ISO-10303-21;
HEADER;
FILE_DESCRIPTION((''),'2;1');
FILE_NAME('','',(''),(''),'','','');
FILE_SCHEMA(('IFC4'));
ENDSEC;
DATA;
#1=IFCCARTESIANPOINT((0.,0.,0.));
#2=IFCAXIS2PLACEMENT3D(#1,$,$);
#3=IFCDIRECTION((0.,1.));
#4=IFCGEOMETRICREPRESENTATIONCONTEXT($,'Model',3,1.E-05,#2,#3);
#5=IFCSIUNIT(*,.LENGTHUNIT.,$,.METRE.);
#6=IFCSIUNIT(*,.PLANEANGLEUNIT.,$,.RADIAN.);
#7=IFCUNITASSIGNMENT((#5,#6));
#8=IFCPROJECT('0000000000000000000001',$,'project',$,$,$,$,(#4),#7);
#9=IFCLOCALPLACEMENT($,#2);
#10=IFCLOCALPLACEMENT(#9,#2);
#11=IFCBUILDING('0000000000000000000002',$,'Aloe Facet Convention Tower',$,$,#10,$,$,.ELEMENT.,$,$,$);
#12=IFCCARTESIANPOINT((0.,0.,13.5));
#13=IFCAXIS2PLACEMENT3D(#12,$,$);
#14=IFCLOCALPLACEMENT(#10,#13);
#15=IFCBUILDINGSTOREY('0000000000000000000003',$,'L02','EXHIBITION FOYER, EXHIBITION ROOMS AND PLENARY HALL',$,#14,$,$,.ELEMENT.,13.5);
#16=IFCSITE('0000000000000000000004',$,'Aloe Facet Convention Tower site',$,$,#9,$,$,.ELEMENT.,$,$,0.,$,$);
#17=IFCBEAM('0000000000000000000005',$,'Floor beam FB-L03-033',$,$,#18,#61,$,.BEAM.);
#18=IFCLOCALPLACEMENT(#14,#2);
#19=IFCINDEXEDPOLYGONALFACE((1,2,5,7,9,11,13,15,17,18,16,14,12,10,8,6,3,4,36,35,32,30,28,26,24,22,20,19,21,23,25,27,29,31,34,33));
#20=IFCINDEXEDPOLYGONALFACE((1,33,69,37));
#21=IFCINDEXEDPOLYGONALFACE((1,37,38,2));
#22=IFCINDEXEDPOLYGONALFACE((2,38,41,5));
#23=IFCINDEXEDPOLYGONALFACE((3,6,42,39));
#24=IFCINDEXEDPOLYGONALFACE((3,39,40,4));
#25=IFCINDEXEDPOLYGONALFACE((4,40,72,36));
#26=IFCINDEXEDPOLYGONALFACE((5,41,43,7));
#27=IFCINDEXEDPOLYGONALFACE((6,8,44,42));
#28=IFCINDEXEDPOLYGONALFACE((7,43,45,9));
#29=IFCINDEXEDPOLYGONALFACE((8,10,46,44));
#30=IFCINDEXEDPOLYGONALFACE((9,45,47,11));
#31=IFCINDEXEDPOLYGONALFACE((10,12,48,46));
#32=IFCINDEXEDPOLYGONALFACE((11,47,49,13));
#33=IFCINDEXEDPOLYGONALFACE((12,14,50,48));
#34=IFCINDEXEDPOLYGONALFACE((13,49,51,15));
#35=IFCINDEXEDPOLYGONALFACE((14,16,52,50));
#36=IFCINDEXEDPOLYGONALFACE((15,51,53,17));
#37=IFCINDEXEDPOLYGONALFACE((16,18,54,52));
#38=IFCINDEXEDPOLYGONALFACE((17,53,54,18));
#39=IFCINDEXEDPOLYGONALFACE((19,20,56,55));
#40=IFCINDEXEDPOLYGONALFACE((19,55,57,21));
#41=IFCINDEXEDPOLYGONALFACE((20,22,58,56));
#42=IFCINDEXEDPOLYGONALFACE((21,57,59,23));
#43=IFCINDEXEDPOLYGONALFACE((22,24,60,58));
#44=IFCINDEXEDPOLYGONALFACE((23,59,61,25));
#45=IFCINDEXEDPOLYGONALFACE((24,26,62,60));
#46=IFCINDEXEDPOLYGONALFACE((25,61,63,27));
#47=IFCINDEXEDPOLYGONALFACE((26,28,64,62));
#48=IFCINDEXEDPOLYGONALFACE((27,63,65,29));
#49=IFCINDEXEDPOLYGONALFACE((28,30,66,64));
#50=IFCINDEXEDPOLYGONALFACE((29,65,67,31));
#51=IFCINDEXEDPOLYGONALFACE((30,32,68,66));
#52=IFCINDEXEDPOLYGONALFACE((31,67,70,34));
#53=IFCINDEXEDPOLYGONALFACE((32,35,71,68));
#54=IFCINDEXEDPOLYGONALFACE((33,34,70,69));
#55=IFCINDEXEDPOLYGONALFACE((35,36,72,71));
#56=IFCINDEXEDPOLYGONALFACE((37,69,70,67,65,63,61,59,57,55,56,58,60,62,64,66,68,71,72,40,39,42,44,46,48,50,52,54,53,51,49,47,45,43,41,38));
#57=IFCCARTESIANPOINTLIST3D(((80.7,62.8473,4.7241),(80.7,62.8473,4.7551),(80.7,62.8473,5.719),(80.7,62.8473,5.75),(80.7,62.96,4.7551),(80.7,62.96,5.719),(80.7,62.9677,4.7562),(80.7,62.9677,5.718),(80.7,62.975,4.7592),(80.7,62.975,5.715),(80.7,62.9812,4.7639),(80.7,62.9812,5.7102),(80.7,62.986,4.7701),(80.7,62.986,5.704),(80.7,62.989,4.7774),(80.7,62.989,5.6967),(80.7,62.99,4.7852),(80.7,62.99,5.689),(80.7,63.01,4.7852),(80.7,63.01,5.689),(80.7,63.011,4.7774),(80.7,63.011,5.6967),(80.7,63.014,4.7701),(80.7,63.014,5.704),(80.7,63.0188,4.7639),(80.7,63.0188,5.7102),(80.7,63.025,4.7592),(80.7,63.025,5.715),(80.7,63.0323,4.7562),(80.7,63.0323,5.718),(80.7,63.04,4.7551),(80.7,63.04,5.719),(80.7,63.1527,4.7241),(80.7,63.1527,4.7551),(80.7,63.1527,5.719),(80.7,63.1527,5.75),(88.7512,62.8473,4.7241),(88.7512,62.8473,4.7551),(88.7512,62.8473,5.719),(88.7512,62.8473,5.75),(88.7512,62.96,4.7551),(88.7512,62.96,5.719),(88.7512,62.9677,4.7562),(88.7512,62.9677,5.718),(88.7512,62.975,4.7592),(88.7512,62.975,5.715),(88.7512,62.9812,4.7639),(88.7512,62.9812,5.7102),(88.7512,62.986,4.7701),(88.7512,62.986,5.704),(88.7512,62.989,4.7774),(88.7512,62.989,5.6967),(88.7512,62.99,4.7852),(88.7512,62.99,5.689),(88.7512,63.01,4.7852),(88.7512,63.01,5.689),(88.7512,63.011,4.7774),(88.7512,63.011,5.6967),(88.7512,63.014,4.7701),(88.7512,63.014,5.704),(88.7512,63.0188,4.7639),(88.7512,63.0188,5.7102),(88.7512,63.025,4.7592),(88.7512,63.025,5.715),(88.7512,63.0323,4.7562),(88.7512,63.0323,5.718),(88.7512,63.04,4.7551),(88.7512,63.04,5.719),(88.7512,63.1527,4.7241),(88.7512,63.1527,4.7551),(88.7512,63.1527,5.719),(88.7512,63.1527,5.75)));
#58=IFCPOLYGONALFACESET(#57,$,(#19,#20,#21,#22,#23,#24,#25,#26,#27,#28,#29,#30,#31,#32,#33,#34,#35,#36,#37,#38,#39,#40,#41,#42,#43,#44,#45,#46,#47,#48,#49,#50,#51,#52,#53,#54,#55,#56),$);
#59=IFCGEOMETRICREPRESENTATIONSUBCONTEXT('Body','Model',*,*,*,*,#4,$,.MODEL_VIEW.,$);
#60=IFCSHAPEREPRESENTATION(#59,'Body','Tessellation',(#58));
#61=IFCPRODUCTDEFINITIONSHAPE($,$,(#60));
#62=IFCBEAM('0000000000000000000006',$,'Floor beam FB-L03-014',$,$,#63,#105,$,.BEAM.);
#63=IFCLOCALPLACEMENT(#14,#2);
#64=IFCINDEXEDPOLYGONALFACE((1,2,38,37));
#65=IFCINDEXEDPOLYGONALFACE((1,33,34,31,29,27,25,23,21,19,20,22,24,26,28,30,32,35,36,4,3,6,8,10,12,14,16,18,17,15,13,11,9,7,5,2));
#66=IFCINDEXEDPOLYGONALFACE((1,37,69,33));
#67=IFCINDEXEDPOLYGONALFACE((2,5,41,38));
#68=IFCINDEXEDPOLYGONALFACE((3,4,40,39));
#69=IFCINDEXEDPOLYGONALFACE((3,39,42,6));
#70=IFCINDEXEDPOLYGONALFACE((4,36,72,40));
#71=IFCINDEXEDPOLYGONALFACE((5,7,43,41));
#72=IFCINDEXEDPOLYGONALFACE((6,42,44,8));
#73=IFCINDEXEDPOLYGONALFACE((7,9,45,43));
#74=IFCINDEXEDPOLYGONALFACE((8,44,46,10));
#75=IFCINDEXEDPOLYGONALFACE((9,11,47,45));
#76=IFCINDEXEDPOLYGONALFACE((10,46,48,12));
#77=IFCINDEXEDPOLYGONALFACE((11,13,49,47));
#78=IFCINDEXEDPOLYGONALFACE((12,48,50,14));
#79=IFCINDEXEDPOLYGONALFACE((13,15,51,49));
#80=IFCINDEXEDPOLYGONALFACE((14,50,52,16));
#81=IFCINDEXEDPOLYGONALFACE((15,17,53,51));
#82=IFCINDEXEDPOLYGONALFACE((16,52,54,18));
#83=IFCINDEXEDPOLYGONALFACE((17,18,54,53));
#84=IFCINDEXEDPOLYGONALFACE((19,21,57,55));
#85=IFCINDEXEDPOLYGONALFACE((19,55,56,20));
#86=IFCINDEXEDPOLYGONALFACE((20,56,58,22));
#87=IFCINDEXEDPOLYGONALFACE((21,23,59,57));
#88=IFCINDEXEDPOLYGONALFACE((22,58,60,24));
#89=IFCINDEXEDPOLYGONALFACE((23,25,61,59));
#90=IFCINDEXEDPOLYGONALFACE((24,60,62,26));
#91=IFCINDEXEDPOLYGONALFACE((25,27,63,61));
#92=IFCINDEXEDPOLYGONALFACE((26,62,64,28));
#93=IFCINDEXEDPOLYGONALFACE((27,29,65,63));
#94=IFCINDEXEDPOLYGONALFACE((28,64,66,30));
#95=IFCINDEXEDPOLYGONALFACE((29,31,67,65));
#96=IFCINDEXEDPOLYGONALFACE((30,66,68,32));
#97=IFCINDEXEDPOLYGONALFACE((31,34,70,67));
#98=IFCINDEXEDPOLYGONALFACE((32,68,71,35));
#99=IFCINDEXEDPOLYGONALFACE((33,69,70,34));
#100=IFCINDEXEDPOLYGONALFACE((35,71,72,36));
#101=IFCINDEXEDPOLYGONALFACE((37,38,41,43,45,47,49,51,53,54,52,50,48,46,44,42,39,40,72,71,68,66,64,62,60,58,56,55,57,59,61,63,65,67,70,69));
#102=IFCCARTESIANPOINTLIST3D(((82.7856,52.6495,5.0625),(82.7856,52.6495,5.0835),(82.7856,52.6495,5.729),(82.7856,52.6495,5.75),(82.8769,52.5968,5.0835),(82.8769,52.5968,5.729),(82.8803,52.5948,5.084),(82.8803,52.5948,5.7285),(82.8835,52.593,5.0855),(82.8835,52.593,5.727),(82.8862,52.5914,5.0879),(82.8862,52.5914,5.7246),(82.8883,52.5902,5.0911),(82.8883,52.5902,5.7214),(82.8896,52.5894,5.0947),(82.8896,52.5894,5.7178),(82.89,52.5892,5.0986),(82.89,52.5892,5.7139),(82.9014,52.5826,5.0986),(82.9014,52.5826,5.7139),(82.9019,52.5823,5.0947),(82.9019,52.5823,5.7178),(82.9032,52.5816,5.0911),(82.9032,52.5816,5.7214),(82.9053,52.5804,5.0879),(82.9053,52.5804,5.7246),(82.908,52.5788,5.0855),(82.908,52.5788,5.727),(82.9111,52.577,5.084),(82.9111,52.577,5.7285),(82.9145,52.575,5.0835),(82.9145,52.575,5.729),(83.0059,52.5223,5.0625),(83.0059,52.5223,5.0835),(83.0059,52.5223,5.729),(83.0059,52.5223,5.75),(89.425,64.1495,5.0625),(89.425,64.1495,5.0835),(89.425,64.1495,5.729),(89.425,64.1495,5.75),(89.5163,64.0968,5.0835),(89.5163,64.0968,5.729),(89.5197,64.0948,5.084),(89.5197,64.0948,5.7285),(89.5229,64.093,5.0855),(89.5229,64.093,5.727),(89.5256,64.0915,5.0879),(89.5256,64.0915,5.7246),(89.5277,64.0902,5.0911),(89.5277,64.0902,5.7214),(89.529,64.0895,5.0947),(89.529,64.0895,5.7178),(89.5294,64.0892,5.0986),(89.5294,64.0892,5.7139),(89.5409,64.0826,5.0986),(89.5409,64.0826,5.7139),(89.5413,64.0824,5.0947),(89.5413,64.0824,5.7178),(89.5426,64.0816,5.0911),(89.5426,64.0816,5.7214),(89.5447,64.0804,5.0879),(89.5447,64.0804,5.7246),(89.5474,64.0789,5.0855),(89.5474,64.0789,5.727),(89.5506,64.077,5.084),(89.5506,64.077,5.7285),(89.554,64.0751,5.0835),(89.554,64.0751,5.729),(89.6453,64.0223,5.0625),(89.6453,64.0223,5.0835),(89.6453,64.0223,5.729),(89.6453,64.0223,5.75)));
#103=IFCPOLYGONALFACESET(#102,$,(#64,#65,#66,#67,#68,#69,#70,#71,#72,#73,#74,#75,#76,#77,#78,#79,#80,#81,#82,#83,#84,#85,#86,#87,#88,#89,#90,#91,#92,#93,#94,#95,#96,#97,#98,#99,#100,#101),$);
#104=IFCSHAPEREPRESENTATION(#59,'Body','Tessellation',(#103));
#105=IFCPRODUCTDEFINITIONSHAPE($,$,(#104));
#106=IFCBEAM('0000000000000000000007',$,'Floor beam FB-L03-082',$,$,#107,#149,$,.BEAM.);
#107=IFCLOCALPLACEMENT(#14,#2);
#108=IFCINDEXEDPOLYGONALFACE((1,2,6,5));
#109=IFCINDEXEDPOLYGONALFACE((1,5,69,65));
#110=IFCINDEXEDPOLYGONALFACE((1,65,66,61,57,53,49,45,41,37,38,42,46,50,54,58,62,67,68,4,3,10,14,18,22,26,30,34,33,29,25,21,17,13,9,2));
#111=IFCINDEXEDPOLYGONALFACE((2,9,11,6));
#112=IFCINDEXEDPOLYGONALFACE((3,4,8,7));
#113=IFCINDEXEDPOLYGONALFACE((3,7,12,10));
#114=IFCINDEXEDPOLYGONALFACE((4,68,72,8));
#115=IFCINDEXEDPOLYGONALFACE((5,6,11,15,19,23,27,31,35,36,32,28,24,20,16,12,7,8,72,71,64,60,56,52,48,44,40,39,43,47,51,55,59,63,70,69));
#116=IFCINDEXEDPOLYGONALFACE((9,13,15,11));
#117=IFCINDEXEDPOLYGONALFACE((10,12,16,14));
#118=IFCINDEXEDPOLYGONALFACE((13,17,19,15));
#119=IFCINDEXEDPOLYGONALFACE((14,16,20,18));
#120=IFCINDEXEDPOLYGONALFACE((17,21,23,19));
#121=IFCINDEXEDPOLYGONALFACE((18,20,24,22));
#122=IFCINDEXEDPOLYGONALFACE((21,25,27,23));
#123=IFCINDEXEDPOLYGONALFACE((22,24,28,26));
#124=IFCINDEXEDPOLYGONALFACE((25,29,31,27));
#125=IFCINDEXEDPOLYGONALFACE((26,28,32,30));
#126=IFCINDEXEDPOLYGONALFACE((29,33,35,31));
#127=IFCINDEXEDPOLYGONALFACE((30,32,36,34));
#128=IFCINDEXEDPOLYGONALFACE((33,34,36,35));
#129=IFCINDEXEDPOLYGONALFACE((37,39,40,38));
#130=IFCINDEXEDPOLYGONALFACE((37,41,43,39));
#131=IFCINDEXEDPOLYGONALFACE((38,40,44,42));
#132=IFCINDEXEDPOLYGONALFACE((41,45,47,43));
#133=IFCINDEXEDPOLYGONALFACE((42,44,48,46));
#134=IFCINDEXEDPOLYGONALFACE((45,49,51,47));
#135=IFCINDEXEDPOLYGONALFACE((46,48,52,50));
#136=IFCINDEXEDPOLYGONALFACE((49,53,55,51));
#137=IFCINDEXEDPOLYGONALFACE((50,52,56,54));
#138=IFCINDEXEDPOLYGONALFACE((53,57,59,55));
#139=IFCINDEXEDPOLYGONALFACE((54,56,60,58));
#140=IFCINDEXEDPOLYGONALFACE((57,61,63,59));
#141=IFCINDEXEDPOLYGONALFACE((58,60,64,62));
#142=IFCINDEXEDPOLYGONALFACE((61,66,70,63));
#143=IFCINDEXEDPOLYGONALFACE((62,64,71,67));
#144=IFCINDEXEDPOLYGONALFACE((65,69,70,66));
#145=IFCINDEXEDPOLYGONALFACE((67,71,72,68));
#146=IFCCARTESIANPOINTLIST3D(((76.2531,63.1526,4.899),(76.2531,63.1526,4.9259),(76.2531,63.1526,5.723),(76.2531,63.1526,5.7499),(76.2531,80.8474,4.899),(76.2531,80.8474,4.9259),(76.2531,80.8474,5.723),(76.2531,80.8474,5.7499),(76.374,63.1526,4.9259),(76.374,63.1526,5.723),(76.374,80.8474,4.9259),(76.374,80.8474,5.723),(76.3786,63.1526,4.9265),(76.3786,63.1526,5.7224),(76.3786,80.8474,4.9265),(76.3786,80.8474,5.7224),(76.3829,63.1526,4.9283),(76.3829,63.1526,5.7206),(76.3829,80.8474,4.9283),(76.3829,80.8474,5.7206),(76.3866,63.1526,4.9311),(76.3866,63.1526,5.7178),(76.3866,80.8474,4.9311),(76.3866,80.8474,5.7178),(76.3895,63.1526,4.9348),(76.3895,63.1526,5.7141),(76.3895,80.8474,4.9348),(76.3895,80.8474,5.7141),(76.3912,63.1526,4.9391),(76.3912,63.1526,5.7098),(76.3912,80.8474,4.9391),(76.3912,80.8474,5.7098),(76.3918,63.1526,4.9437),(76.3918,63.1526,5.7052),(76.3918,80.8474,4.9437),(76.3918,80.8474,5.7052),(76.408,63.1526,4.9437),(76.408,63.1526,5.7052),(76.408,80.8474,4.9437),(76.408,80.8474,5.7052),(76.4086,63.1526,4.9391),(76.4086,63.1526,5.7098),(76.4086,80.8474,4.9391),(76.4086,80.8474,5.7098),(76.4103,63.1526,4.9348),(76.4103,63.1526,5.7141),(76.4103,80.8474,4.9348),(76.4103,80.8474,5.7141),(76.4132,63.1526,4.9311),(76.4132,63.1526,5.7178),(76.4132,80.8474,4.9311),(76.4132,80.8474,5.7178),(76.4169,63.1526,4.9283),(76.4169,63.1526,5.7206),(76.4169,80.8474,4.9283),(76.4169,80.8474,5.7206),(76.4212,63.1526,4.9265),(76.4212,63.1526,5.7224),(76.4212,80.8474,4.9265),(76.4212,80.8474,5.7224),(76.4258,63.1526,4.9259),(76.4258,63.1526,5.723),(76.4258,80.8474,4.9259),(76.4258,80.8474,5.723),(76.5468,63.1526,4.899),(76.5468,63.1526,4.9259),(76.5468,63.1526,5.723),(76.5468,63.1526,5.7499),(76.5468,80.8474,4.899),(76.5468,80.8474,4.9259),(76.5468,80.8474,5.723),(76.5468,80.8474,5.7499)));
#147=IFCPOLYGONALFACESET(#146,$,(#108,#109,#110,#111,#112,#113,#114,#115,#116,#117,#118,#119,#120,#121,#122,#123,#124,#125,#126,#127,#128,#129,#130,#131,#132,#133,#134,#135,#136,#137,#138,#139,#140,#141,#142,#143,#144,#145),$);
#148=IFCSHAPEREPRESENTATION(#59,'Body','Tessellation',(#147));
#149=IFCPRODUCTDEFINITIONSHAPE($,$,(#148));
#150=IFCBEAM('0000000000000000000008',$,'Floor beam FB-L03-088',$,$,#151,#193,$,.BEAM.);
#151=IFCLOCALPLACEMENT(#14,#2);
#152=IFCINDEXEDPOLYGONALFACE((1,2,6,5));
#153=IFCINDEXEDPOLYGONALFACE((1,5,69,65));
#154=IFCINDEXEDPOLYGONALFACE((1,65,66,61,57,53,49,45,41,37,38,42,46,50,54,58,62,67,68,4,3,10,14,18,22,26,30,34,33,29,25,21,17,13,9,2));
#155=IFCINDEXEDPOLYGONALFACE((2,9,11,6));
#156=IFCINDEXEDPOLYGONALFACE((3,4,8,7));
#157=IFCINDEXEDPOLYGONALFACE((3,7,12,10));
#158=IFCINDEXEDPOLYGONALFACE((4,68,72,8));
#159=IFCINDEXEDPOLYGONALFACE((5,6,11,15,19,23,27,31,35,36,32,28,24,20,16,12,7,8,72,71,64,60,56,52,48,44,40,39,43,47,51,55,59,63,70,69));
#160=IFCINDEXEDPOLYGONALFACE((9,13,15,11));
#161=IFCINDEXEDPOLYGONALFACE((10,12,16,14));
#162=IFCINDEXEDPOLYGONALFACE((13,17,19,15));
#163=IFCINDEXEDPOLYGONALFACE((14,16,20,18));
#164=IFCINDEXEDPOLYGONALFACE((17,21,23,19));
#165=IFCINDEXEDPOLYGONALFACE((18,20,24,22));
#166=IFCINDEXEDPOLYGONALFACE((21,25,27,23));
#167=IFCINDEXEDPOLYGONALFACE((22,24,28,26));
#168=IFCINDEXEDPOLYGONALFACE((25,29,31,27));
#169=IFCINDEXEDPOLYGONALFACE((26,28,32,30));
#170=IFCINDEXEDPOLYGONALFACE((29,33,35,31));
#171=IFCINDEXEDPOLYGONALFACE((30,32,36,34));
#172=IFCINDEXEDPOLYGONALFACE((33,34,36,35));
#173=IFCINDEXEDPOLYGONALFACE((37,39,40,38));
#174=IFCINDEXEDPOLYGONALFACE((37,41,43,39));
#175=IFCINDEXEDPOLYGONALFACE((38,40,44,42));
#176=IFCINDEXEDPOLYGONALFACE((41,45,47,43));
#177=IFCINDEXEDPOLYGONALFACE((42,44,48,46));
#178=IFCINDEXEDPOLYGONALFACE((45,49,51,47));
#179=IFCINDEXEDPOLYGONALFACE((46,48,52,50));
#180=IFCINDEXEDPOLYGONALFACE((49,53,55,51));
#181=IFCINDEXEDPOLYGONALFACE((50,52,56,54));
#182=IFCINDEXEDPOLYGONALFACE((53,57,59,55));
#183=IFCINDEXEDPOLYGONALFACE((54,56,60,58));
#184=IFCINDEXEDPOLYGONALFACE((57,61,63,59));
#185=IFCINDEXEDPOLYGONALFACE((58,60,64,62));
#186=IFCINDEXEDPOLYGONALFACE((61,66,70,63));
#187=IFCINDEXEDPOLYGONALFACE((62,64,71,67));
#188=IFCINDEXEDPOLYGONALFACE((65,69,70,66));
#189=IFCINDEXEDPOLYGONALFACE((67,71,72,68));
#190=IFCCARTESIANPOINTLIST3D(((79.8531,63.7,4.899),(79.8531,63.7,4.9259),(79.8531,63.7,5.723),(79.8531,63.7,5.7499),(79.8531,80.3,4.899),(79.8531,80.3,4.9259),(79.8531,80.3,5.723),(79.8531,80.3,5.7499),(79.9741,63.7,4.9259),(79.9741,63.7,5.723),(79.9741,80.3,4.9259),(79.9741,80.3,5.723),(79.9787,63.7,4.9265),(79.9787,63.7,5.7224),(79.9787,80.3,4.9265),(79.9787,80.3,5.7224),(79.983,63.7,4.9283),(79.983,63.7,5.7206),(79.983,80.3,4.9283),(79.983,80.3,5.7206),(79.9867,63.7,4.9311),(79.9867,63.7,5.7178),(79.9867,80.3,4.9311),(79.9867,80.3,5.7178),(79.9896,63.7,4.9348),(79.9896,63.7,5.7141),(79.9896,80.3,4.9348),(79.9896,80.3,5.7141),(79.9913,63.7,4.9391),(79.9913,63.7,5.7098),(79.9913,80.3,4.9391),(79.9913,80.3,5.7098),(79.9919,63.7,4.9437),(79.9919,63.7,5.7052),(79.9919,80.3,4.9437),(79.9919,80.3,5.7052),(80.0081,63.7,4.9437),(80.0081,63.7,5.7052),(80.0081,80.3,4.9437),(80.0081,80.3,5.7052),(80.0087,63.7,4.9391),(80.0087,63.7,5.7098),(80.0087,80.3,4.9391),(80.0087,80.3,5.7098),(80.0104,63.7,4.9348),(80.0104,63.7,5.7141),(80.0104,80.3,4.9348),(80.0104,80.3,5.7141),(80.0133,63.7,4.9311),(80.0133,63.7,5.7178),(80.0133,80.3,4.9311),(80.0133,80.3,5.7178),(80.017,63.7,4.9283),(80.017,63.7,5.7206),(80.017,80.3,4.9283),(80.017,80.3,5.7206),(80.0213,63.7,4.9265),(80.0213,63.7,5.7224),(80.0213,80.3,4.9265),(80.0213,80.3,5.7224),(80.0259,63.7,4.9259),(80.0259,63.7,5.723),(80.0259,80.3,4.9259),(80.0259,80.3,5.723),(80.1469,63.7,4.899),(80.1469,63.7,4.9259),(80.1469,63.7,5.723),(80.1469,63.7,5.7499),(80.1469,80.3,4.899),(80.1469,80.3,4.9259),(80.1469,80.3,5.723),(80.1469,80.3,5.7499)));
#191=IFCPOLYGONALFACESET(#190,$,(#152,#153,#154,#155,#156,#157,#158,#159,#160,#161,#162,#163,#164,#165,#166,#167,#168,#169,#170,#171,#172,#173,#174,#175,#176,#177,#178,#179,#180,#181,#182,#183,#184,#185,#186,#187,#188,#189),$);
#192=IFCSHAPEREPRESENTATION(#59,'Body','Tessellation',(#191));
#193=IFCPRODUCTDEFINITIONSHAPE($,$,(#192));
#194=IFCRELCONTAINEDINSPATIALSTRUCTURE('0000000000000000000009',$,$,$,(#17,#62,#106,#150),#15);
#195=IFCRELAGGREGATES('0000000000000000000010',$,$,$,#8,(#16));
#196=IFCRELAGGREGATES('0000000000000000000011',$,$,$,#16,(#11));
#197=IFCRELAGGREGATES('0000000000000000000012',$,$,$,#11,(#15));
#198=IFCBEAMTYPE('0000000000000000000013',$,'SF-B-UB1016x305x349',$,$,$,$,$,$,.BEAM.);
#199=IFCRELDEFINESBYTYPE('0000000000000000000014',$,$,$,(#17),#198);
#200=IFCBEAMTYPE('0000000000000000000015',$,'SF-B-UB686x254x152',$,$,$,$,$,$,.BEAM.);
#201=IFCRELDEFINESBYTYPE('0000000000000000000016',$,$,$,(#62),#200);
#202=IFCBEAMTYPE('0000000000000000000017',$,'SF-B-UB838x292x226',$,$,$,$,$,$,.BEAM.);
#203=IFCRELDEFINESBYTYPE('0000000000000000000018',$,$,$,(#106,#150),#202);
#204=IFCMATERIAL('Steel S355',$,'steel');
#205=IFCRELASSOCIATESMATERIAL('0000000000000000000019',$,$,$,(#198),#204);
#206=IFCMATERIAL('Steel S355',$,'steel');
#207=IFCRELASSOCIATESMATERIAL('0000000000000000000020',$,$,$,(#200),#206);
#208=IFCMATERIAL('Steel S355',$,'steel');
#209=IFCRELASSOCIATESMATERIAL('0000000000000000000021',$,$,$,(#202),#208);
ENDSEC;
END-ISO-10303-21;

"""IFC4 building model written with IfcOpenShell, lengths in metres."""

from ifc_helpers import new_model, si_unit, direction, frame, origin, origin_2d, place, context, subcontext, project, spatial, i_section, extrude, material, material_profile, profile_set, type_object, element, save


model = new_model("IFC4")

# Units and contexts
model_context = context("Model", 3, precision=1e-05, world=origin(), true_north=direction((0.0, 1.0)))
body_context = subcontext(model_context, "Body", "Model", "MODEL_VIEW")
ifc_project = project(units=[si_unit("LENGTHUNIT", "METRE"), si_unit("PLANEANGLEUNIT", "RADIAN")], contexts=[model_context])

# Site, building, storey
site_placement = place(None, origin())
site = spatial("IfcSite", under=ifc_project, at=site_placement, Name="Aloe Facet Convention Tower site", CompositionType="ELEMENT", RefElevation=0.0)
building_placement = place(site_placement, origin())
building = spatial("IfcBuilding", under=site, at=building_placement, Name="Aloe Facet Convention Tower", CompositionType="ELEMENT")
storey_placement = place(building_placement, frame((0.0, 0.0, 13.5)))
storey = spatial("IfcBuildingStorey", under=building, at=storey_placement, Name="L02", Description="EXHIBITION FOYER, EXHIBITION ROOMS AND PLENARY HALL", CompositionType="ELEMENT", Elevation=13.5)

# Beams
ifc_material_1 = material(Name="Steel S355", Category="steel")
ifc_material_profile_1 = material_profile(ifc_material_1, i_section(OverallWidth=0.3054, OverallDepth=1.0259, WebThickness=0.02, FlangeThickness=0.031, FilletRadius=0.03, at=origin_2d()), Name="UB 1016x305x349")
ifc_profile_set_1 = profile_set([ifc_material_profile_1], Name="Steel S355")
beam_type_1 = type_object("IfcBeamType", Name="SF-B-UB1016x305x349", PredefinedType="BEAM", material=ifc_profile_set_1)
beam_1_placement = place(storey_placement, frame((80.7, 63.0, 5.2371), z_axis=(1.0, 0.0, 0.0), x_axis=(0.0, 1.0, 0.0)))
element("IfcBeam", 1, at=beam_1_placement, inside=storey, type_object=beam_type_1, Name="Floor beam FB-L03-033", PredefinedType="BEAM", context=body_context, shape_type="SweptSolid", body=[
    extrude(i_section(OverallWidth=0.3054, OverallDepth=1.0259, WebThickness=0.02, FlangeThickness=0.031, FilletRadius=0.03, at=origin_2d()), origin(), (0.0, 0.0, 1.0), 8.0513),
])
ifc_material_2 = material(Name="Steel S355", Category="steel")
ifc_material_profile_2 = material_profile(ifc_material_2, i_section(OverallWidth=0.2544, OverallDepth=0.6875, WebThickness=0.0132, FlangeThickness=0.021, FilletRadius=0.0151, at=origin_2d()), Name="UB 686x254x152")
ifc_profile_set_2 = profile_set([ifc_material_profile_2], Name="Steel S355")
beam_type_2 = type_object("IfcBeamType", Name="SF-B-UB686x254x152", PredefinedType="BEAM", material=ifc_profile_set_2)
beam_2_placement = place(storey_placement, frame((89.5352, 64.0859, 5.4062), z_axis=(-0.499993, -0.866029, 0.0), x_axis=(0.866029, -0.499993, 0.0)))
element("IfcBeam", 2, at=beam_2_placement, inside=storey, type_object=beam_type_2, Name="Floor beam FB-L03-014", PredefinedType="BEAM", context=body_context, shape_type="SweptSolid", body=[
    extrude(i_section(OverallWidth=0.2544, OverallDepth=0.6875, WebThickness=0.0132, FlangeThickness=0.021, FilletRadius=0.0151, at=origin_2d()), origin(), (0.0, 0.0, 1.0), 13.2791),
])
ifc_material_3 = material(Name="Steel S355", Category="steel")
ifc_material_profile_3 = material_profile(ifc_material_3, i_section(OverallWidth=0.2937, OverallDepth=0.8508, WebThickness=0.0161, FlangeThickness=0.0269, FilletRadius=0.0178, at=origin_2d()), Name="UB 838x292x226")
ifc_profile_set_3 = profile_set([ifc_material_profile_3], Name="Steel S355")
beam_type_3 = type_object("IfcBeamType", Name="SF-B-UB838x292x226", PredefinedType="BEAM", material=ifc_profile_set_3)
beam_3_placement = place(storey_placement, frame((76.3999, 63.1526, 5.3245), z_axis=(0.0, 1.0, 0.0), x_axis=(-1.0, 0.0, 0.0)))
element("IfcBeam", 3, at=beam_3_placement, inside=storey, type_object=beam_type_3, Name="Floor beam FB-L03-082", PredefinedType="BEAM", context=body_context, shape_type="SweptSolid", body=[
    extrude(i_section(OverallWidth=0.2937, OverallDepth=0.8508, WebThickness=0.0161, FlangeThickness=0.0269, FilletRadius=0.0178, at=origin_2d()), origin(), (0.0, 0.0, 1.0), 17.6948),
])
beam_4_placement = place(storey_placement, frame((80.0, 63.7, 5.3245), z_axis=(0.0, 1.0, 0.0), x_axis=(-1.0, 0.0, 0.0)))
element("IfcBeam", 4, at=beam_4_placement, inside=storey, type_object=beam_type_3, Name="Floor beam FB-L03-088", PredefinedType="BEAM", context=body_context, shape_type="SweptSolid", body=[
    extrude(i_section(OverallWidth=0.2937, OverallDepth=0.8508, WebThickness=0.0161, FlangeThickness=0.0269, FilletRadius=0.0178, at=origin_2d()), origin(), (0.0, 0.0, 1.0), 16.6001),
])

save(model, "model.ifc")
